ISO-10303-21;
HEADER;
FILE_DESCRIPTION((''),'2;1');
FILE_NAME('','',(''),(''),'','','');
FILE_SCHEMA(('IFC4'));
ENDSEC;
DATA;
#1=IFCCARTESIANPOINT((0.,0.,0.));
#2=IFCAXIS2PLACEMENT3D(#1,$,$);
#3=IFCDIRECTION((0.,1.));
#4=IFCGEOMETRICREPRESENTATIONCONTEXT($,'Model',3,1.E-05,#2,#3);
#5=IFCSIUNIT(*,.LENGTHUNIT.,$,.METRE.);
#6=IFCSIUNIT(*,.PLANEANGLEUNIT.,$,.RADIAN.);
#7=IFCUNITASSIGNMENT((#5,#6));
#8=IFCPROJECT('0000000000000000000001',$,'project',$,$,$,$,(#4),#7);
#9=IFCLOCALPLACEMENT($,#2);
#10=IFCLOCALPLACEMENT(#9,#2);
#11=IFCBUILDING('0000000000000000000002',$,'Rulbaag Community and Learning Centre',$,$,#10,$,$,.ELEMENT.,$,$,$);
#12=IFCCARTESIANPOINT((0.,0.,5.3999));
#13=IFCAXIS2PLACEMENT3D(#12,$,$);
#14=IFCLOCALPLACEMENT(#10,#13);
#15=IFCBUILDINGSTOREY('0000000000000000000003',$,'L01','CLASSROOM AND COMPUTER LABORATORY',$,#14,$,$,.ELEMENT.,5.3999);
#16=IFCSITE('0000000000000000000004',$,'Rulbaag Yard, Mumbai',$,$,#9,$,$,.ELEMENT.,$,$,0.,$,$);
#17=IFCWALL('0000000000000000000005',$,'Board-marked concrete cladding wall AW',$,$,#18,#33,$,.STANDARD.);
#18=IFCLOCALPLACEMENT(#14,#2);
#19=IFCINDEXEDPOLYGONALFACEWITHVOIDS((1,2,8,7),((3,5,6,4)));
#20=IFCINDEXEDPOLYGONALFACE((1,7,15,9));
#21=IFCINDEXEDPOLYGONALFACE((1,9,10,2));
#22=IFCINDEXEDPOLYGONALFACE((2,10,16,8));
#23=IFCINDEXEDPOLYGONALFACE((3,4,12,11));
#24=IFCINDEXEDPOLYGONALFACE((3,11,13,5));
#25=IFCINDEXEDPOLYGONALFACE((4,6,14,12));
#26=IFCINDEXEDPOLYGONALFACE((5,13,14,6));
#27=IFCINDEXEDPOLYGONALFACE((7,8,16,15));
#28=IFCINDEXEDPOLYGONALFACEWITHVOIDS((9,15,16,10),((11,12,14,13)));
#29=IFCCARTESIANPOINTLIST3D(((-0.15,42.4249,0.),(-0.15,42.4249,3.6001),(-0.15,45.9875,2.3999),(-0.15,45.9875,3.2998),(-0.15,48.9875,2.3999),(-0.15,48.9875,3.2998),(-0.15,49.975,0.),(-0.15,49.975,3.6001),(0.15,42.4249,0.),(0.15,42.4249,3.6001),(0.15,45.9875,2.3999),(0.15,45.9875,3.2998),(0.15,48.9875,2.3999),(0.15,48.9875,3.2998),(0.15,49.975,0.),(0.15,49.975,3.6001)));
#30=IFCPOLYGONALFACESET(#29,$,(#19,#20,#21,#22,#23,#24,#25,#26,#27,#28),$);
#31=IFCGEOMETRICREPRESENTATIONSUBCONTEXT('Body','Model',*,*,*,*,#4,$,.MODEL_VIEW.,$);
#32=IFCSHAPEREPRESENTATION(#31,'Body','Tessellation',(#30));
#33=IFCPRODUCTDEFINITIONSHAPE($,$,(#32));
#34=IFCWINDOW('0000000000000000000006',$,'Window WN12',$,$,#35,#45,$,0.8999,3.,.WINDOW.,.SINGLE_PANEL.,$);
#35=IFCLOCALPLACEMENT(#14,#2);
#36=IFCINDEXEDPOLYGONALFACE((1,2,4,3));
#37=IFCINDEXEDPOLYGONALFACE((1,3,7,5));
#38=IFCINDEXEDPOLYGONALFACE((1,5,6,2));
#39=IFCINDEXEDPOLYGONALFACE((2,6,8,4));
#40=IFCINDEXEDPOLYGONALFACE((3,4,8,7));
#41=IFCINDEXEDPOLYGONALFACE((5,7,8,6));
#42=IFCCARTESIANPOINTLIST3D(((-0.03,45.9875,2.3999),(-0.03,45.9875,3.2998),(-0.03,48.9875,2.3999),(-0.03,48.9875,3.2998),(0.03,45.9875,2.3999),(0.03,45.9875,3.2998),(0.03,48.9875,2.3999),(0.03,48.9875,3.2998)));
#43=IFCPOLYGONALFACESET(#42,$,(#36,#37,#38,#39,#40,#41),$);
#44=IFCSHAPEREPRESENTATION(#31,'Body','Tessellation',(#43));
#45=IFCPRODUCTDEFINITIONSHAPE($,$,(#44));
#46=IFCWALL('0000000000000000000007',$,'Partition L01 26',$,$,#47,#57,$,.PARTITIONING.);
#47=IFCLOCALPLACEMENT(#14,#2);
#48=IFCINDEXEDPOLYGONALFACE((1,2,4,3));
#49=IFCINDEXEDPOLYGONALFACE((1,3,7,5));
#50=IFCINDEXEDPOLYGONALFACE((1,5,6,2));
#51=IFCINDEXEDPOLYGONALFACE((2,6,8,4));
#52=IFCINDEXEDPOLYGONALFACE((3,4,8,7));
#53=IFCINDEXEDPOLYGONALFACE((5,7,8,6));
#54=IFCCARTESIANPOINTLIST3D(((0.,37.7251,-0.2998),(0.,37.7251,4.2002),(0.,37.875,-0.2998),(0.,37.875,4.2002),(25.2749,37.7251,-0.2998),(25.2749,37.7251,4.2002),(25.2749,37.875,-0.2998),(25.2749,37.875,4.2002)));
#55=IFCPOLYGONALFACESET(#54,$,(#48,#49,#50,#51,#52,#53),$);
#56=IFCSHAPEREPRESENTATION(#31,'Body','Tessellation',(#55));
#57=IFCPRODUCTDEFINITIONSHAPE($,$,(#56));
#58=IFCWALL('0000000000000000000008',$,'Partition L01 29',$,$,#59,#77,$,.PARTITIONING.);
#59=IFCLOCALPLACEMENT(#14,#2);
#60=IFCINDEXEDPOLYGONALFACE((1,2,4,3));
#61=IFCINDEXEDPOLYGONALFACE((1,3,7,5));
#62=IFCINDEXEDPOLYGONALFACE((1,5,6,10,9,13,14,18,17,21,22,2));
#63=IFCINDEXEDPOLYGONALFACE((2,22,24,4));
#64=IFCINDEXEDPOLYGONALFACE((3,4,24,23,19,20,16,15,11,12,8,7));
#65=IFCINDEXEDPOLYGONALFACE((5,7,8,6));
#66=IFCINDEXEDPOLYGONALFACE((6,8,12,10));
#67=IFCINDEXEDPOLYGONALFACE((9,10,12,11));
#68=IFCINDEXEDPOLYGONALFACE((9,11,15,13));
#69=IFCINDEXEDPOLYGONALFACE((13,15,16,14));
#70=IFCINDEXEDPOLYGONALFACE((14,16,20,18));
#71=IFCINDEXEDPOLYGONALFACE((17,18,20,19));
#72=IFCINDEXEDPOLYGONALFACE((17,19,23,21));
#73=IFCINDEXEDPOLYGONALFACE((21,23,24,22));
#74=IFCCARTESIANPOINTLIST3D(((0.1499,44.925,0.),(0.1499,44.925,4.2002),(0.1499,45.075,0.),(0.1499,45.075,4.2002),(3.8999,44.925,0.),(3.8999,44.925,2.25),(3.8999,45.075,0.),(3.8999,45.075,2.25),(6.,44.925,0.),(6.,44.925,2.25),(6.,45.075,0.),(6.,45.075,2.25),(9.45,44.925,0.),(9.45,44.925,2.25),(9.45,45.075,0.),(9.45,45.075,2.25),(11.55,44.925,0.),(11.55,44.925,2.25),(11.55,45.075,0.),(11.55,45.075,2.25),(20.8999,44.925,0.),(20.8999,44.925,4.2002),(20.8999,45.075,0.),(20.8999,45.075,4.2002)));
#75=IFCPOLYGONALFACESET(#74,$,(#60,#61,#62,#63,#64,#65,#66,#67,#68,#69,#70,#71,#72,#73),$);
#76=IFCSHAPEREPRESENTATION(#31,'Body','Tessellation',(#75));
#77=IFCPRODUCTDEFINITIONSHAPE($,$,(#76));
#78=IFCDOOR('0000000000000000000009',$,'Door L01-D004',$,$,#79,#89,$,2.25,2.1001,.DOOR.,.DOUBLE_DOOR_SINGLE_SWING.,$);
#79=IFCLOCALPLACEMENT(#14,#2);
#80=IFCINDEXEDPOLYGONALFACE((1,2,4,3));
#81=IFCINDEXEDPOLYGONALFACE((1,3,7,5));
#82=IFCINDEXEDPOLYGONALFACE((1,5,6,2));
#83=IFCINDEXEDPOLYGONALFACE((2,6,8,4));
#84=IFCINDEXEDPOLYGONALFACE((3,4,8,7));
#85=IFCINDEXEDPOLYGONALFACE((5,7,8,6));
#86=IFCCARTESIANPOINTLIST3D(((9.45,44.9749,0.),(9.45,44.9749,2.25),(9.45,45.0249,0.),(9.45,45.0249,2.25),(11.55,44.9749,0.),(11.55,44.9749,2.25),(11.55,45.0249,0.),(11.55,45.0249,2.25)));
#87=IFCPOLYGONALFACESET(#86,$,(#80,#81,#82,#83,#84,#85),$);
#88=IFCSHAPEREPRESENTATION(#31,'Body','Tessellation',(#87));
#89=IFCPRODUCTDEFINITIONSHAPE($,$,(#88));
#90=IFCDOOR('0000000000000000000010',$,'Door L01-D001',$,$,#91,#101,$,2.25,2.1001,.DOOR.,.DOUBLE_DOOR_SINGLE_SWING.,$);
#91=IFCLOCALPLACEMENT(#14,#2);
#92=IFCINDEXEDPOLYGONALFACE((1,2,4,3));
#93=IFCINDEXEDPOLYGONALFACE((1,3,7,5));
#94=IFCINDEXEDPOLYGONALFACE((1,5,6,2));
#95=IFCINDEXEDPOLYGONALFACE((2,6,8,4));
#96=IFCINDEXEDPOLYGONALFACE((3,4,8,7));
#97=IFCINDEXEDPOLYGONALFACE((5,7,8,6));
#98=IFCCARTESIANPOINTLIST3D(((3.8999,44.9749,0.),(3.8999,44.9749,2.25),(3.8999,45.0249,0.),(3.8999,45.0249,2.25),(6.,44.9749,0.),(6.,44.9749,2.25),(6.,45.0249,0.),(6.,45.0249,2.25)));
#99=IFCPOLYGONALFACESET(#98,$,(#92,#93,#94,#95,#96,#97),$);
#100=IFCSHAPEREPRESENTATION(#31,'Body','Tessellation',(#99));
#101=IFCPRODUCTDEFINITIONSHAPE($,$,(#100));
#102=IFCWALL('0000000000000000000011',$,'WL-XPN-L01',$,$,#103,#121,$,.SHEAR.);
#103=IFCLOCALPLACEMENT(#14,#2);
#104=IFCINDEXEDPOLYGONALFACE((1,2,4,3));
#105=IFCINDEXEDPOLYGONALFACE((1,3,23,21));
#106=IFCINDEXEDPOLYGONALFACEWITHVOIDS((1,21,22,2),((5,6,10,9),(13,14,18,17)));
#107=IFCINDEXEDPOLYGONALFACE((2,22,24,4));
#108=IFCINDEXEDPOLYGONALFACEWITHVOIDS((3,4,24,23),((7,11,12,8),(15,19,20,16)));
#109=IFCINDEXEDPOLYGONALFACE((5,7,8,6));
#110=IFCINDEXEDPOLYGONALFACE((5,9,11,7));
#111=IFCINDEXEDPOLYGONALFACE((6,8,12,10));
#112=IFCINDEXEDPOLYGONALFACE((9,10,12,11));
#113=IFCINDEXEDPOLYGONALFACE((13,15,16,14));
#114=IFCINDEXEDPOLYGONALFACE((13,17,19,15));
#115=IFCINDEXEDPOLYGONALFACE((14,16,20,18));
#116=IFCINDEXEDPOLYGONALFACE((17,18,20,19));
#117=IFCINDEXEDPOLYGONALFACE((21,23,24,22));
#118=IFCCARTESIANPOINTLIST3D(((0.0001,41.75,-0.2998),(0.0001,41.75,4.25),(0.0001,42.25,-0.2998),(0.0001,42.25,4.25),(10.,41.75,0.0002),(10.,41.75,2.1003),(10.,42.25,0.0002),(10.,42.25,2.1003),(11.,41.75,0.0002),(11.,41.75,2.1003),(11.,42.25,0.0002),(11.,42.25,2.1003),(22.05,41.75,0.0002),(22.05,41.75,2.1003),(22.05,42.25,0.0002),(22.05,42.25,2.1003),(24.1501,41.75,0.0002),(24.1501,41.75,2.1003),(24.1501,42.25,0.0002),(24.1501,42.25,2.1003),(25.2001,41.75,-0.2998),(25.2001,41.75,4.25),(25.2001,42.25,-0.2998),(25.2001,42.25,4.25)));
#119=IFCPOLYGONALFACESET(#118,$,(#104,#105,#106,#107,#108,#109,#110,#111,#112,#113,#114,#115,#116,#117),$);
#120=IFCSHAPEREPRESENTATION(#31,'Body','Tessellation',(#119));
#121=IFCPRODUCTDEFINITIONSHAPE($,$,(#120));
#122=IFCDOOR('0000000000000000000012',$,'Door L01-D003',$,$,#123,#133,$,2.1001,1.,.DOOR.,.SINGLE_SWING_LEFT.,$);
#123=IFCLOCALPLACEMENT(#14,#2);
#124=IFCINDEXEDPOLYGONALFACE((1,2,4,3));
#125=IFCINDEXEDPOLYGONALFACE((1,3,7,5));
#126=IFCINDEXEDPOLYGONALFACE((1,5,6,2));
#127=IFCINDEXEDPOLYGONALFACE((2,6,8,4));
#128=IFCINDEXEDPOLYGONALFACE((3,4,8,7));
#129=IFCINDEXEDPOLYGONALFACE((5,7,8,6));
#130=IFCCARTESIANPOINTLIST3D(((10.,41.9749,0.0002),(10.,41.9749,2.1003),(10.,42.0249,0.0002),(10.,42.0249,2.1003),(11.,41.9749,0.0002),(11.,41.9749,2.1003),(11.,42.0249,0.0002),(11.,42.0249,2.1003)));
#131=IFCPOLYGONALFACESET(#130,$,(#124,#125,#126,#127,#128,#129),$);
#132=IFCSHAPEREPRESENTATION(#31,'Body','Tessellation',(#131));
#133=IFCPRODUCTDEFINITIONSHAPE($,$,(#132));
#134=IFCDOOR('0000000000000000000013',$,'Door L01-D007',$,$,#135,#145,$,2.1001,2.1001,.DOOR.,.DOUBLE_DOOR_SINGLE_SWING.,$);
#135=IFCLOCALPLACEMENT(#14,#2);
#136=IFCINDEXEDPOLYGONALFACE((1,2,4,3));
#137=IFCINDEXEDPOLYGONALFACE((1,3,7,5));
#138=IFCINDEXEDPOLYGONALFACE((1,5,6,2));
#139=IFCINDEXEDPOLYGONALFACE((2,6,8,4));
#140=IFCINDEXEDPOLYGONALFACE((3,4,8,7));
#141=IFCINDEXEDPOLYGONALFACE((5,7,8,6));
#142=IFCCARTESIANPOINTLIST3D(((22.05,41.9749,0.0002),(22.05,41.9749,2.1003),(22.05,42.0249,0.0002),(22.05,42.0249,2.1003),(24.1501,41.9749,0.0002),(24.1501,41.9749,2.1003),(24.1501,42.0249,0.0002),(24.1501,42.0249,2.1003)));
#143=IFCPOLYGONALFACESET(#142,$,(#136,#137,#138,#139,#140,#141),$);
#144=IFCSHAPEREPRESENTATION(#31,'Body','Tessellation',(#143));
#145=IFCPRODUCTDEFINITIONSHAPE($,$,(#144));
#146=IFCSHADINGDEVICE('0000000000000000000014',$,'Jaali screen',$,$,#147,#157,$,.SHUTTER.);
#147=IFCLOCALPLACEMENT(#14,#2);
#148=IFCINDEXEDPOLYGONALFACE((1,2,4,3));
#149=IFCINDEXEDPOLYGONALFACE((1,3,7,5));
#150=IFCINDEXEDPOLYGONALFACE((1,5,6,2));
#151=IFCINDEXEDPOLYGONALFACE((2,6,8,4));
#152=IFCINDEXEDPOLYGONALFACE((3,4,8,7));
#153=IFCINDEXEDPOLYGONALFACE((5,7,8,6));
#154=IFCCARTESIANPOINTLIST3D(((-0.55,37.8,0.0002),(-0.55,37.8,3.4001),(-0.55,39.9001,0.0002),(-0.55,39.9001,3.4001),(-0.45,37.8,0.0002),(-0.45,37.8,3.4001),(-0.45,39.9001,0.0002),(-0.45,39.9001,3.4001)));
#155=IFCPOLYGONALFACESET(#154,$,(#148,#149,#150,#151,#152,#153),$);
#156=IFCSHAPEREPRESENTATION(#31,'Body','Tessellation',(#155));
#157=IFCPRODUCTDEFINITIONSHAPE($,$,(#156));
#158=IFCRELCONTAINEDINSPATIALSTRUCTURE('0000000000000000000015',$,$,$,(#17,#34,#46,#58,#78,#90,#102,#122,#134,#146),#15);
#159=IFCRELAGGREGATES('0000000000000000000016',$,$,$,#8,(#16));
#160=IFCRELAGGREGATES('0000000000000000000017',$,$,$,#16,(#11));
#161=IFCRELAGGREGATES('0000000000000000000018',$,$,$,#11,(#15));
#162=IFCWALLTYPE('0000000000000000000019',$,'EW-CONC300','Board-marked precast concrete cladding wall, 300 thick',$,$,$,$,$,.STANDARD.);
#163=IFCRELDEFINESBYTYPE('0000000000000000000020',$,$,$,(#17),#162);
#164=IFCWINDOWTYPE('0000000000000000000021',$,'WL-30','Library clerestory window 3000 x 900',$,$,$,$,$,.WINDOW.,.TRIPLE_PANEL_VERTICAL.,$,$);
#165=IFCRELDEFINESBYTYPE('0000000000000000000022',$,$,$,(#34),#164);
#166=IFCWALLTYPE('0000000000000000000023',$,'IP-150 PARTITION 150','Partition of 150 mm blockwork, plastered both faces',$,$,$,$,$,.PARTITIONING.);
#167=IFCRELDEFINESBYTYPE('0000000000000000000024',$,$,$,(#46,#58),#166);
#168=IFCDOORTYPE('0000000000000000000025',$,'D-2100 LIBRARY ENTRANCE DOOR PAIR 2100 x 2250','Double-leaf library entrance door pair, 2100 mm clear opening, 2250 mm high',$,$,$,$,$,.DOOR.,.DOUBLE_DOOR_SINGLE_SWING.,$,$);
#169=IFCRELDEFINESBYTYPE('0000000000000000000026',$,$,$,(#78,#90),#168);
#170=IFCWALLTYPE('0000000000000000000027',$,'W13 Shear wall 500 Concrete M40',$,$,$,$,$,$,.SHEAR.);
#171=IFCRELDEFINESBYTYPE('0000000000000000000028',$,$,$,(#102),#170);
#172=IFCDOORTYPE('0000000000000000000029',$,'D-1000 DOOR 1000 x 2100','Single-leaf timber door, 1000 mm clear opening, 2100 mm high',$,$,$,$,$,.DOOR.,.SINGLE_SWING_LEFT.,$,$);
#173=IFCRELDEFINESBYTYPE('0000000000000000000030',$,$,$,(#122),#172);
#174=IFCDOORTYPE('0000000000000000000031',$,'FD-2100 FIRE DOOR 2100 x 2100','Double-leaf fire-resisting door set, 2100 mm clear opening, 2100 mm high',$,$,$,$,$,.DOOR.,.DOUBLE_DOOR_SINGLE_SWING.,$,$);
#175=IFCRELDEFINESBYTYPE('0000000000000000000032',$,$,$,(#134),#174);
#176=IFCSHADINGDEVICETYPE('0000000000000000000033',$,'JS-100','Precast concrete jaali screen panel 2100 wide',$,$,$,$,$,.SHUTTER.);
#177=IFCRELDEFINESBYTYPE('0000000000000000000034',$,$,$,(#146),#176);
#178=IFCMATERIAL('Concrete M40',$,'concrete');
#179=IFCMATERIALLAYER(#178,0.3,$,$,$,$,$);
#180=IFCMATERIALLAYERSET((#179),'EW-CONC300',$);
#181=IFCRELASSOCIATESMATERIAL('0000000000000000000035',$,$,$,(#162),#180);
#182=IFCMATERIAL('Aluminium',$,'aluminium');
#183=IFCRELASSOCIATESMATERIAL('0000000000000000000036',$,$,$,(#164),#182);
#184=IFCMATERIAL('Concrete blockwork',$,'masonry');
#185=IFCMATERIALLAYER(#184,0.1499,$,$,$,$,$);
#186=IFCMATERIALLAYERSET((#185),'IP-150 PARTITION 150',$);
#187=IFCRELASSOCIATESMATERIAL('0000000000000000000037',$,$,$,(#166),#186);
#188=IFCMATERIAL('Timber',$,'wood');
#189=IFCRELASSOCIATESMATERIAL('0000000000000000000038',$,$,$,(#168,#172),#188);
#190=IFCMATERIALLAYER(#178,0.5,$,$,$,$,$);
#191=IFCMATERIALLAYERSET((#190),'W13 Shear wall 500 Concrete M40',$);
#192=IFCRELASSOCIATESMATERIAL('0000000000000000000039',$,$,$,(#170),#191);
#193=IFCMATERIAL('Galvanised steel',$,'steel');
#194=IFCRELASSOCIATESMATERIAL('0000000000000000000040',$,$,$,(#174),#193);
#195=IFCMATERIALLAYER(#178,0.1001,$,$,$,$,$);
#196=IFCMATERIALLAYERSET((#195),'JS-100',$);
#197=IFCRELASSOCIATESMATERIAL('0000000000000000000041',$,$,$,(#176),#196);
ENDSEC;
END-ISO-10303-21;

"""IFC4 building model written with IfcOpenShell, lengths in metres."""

from ifc_helpers import new_model, si_unit, direction, frame, frame_2d, origin, origin_2d, place, context, subcontext, project, spatial, rectangle, extrude, material, layer, layer_set, type_object, element, fill, save


model = new_model("IFC4")

# Units and contexts
model_context = context("Model", 3, precision=1e-05, world=origin(), true_north=direction((0.0, 1.0)))
body_context = subcontext(model_context, "Body", "Model", "MODEL_VIEW")
ifc_project = project(units=[si_unit("LENGTHUNIT", "METRE"), si_unit("PLANEANGLEUNIT", "RADIAN")], contexts=[model_context])

# Site, building, storey
site_placement = place(None, origin())
site = spatial("IfcSite", under=ifc_project, at=site_placement, Name="Rulbaag Yard, Mumbai", CompositionType="ELEMENT", RefElevation=0.0)
building_placement = place(site_placement, origin())
building = spatial("IfcBuilding", under=site, at=building_placement, Name="Rulbaag Community and Learning Centre", CompositionType="ELEMENT")
storey_placement = place(building_placement, frame((0.0, 0.0, 5.3999)))
storey = spatial("IfcBuildingStorey", under=building, at=storey_placement, Name="L01", Description="CLASSROOM AND COMPUTER LABORATORY", CompositionType="ELEMENT", Elevation=5.3999)

# Shared definitions
ifc_material_1 = material(Name="Concrete M40", Category="concrete")

# Shared definitions
ifc_material_2 = material(Name="Aluminium", Category="aluminium")

# Wall, opening, window
ifc_layer_1 = layer(ifc_material_1, 0.3)
ifc_layer_set_1 = layer_set([ifc_layer_1], Name="EW-CONC300")
wall_type_1 = type_object("IfcWallType", Name="EW-CONC300", Description="Board-marked precast concrete cladding wall, 300 thick", PredefinedType="STANDARD", material=ifc_layer_set_1)
wall_1_placement = place(storey_placement, frame((0.0, 42.425, 0.0), z_axis=(0.0, 0.0, 1.0), x_axis=(0.0, 1.0, 0.0)))
wall_1 = element("IfcWall", 1, at=wall_1_placement, inside=storey, type_object=wall_type_1, Name="Board-marked concrete cladding wall AW", PredefinedType="STANDARD", context=body_context, shape_type="SweptSolid", body=[
    extrude(rectangle(XDim=7.55, YDim=0.3, at=frame_2d((3.7749, 0.0))), origin(), (0.0, 0.0, 1.0), 3.6001),
])
opening_1_placement = place(wall_1_placement, frame((3.5625, 0.0, 2.3999)))
opening_1 = element("IfcOpeningElement", 2, at=opening_1_placement, cuts=wall_1, PredefinedType="OPENING", context=body_context, shape_type="SweptSolid", body=[
    extrude(rectangle(XDim=3.0, YDim=0.8999, at=frame_2d((1.5, 0.45))), frame((0.0, 0.1599, 0.0), z_axis=(0.0, -1.0, 0.0), x_axis=(1.0, 0.0, 0.0)), (0.0, 0.0, 1.0), 0.3201),
])
window_type = type_object("IfcWindowType", Name="WL-30", Description="Library clerestory window 3000 x 900", PartitioningType="TRIPLE_PANEL_VERTICAL", PredefinedType="WINDOW", material=ifc_material_2)
window_placement = place(opening_1_placement, origin())
window = element("IfcWindow", 3, at=window_placement, inside=storey, type_object=window_type, Name="Window WN12", OverallHeight=0.8999, OverallWidth=3.0, PartitioningType="SINGLE_PANEL", PredefinedType="WINDOW", context=body_context, shape_type="SweptSolid", body=[
    extrude(rectangle(XDim=3.0, YDim=0.8999, at=frame_2d((1.5, 0.45))), frame((0.0, 0.03, 0.0), z_axis=(0.0, -1.0, 0.0), x_axis=(1.0, 0.0, 0.0)), (0.0, 0.0, 1.0), 0.0601),
])
fill(opening_1, window)

# Wall
ifc_material_3 = material(Name="Concrete blockwork", Category="masonry")
ifc_layer_2 = layer(ifc_material_3, 0.1499)
ifc_layer_set_2 = layer_set([ifc_layer_2], Name="IP-150 PARTITION 150")
wall_type_2 = type_object("IfcWallType", Name="IP-150 PARTITION 150", Description="Partition of 150 mm blockwork, plastered both faces", PredefinedType="PARTITIONING", material=ifc_layer_set_2)
wall_2_placement = place(storey_placement, frame((0.0, 37.8, -0.2998), z_axis=(0.0, 0.0, 1.0), x_axis=(1.0, 0.0, 0.0)))
element("IfcWall", 4, at=wall_2_placement, inside=storey, type_object=wall_type_2, Name="Partition L01 26", PredefinedType="PARTITIONING", context=body_context, shape_type="SweptSolid", body=[
    extrude(rectangle(XDim=25.2749, YDim=0.1499, at=frame_2d((12.6375, 0.0))), origin(), (0.0, 0.0, 1.0), 4.5),
])

# Walls, openings, doors
wall_3_placement = place(storey_placement, frame((0.1499, 45.0, 0.0), z_axis=(0.0, 0.0, 1.0), x_axis=(1.0, 0.0, 0.0)))
wall_3 = element("IfcWall", 5, at=wall_3_placement, inside=storey, type_object=wall_type_2, Name="Partition L01 29", PredefinedType="PARTITIONING", context=body_context, shape_type="SweptSolid", body=[
    extrude(rectangle(XDim=20.75, YDim=0.1499, at=frame_2d((10.375, 0.0))), origin(), (0.0, 0.0, 1.0), 4.2002),
])
opening_2_placement = place(wall_3_placement, frame((9.3, 0.0, 0.0)))
opening_2 = element("IfcOpeningElement", 6, at=opening_2_placement, cuts=wall_3, PredefinedType="OPENING", context=body_context, shape_type="SweptSolid", body=[
    extrude(rectangle(XDim=2.1001, YDim=2.25, at=frame_2d((1.05, 1.125))), frame((0.0, 0.085, 0.0), z_axis=(0.0, -1.0, 0.0), x_axis=(1.0, 0.0, 0.0)), (0.0, 0.0, 1.0), 0.1699),
])
opening_3_placement = place(wall_3_placement, frame((3.75, 0.0, 0.0)))
opening_3 = element("IfcOpeningElement", 7, at=opening_3_placement, cuts=wall_3, PredefinedType="OPENING", context=body_context, shape_type="SweptSolid", body=[
    extrude(rectangle(XDim=2.1001, YDim=2.25, at=frame_2d((1.05, 1.125))), frame((0.0, 0.085, 0.0), z_axis=(0.0, -1.0, 0.0), x_axis=(1.0, 0.0, 0.0)), (0.0, 0.0, 1.0), 0.1699),
])
ifc_material_4 = material(Name="Timber", Category="wood")
door_type_1 = type_object("IfcDoorType", Name="D-2100 LIBRARY ENTRANCE DOOR PAIR 2100 x 2250", Description="Double-leaf library entrance door pair, 2100 mm clear opening, 2250 mm high", OperationType="DOUBLE_DOOR_SINGLE_SWING", PredefinedType="DOOR", material=ifc_material_4)
door_1_placement = place(opening_2_placement, origin())
door_1 = element("IfcDoor", 8, at=door_1_placement, inside=storey, type_object=door_type_1, Name="Door L01-D004", OperationType="DOUBLE_DOOR_SINGLE_SWING", OverallHeight=2.25, OverallWidth=2.1001, PredefinedType="DOOR", context=body_context, shape_type="SweptSolid", body=[
    extrude(rectangle(XDim=2.1001, YDim=2.25, at=frame_2d((1.05, 1.125))), frame((0.0, 0.0249, 0.0), z_axis=(0.0, -1.0, 0.0), x_axis=(1.0, 0.0, 0.0)), (0.0, 0.0, 1.0), 0.05),
])
fill(opening_2, door_1)
door_2_placement = place(opening_3_placement, origin())
door_2 = element("IfcDoor", 9, at=door_2_placement, inside=storey, type_object=door_type_1, Name="Door L01-D001", OperationType="DOUBLE_DOOR_SINGLE_SWING", OverallHeight=2.25, OverallWidth=2.1001, PredefinedType="DOOR", context=body_context, shape_type="SweptSolid", body=[
    extrude(rectangle(XDim=2.1001, YDim=2.25, at=frame_2d((1.05, 1.125))), frame((0.0, 0.0249, 0.0), z_axis=(0.0, -1.0, 0.0), x_axis=(1.0, 0.0, 0.0)), (0.0, 0.0, 1.0), 0.05),
])
fill(opening_3, door_2)
ifc_layer_3 = layer(ifc_material_1, 0.5)
ifc_layer_set_3 = layer_set([ifc_layer_3], Name="W13 Shear wall 500 Concrete M40")
wall_type_3 = type_object("IfcWallType", Name="W13 Shear wall 500 Concrete M40", PredefinedType="SHEAR", material=ifc_layer_set_3)
wall_4_placement = place(storey_placement, frame((0.0, 42.0, -0.2998), z_axis=(0.0, 0.0, 1.0), x_axis=(1.0, 0.0, 0.0)))
wall_4 = element("IfcWall", 10, at=wall_4_placement, inside=storey, type_object=wall_type_3, Name="WL-XPN-L01", PredefinedType="SHEAR", context=body_context, shape_type="SweptSolid", body=[
    extrude(rectangle(XDim=25.2, YDim=0.5, at=frame_2d((12.6001, 0.0))), origin(), (0.0, 0.0, 1.0), 4.5498),
])
opening_4_placement = place(wall_4_placement, frame((22.05, 0.0, 0.3)))
opening_4 = element("IfcOpeningElement", 11, at=opening_4_placement, cuts=wall_4, PredefinedType="OPENING", context=body_context, shape_type="SweptSolid", body=[
    extrude(rectangle(XDim=2.1001, YDim=2.1001, at=frame_2d((1.05, 1.05))), frame((0.0, 0.26, 0.0), z_axis=(0.0, -1.0, 0.0), x_axis=(1.0, 0.0, 0.0)), (0.0, 0.0, 1.0), 0.52),
])
opening_5_placement = place(wall_4_placement, frame((10.0, 0.0, 0.3)))
opening_5 = element("IfcOpeningElement", 12, at=opening_5_placement, cuts=wall_4, PredefinedType="OPENING", context=body_context, shape_type="SweptSolid", body=[
    extrude(rectangle(XDim=1.0, YDim=2.1001, at=frame_2d((0.5, 1.05))), frame((0.0, 0.26, 0.0), z_axis=(0.0, -1.0, 0.0), x_axis=(1.0, 0.0, 0.0)), (0.0, 0.0, 1.0), 0.52),
])
door_type_2 = type_object("IfcDoorType", Name="D-1000 DOOR 1000 x 2100", Description="Single-leaf timber door, 1000 mm clear opening, 2100 mm high", OperationType="SINGLE_SWING_LEFT", PredefinedType="DOOR", material=ifc_material_4)
door_3_placement = place(opening_5_placement, origin())
door_3 = element("IfcDoor", 13, at=door_3_placement, inside=storey, type_object=door_type_2, Name="Door L01-D003", OperationType="SINGLE_SWING_LEFT", OverallHeight=2.1001, OverallWidth=1.0, PredefinedType="DOOR", context=body_context, shape_type="SweptSolid", body=[
    extrude(rectangle(XDim=1.0, YDim=2.1001, at=frame_2d((0.5, 1.05))), frame((0.0, 0.0249, 0.0), z_axis=(0.0, -1.0, 0.0), x_axis=(1.0, 0.0, 0.0)), (0.0, 0.0, 1.0), 0.05),
])
fill(opening_5, door_3)
ifc_material_5 = material(Name="Galvanised steel", Category="steel")
door_type_3 = type_object("IfcDoorType", Name="FD-2100 FIRE DOOR 2100 x 2100", Description="Double-leaf fire-resisting door set, 2100 mm clear opening, 2100 mm high", OperationType="DOUBLE_DOOR_SINGLE_SWING", PredefinedType="DOOR", material=ifc_material_5)
door_4_placement = place(opening_4_placement, origin())
door_4 = element("IfcDoor", 14, at=door_4_placement, inside=storey, type_object=door_type_3, Name="Door L01-D007", OperationType="DOUBLE_DOOR_SINGLE_SWING", OverallHeight=2.1001, OverallWidth=2.1001, PredefinedType="DOOR", context=body_context, shape_type="SweptSolid", body=[
    extrude(rectangle(XDim=2.1001, YDim=2.1001, at=frame_2d((1.05, 1.05))), frame((0.0, 0.0249, 0.0), z_axis=(0.0, -1.0, 0.0), x_axis=(1.0, 0.0, 0.0)), (0.0, 0.0, 1.0), 0.05),
])
fill(opening_4, door_4)

# Shading device
ifc_layer_4 = layer(ifc_material_1, 0.1001)
ifc_layer_set_4 = layer_set([ifc_layer_4], Name="JS-100")
shading_device_type = type_object("IfcShadingDeviceType", Name="JS-100", Description="Precast concrete jaali screen panel 2100 wide", PredefinedType="SHUTTER", material=ifc_layer_set_4)
for number, where, z_axis, x_axis, name in (
    (15, (-0.5, 38.8501, 0.0002), (0.0, 0.0, 1.0), (1.0, 0.0, 0.0), "Jaali screen"),
):
    element("IfcShadingDevice", number, at=place(storey_placement, frame(where, z_axis=z_axis, x_axis=x_axis)), inside=storey, type_object=shading_device_type, Name=name, PredefinedType="SHUTTER", context=body_context, shape_type="SweptSolid", body=[
        extrude(rectangle(XDim=0.1001, YDim=2.1001, at=origin_2d()), origin(), (0.0, 0.0, 1.0), 3.3999),
    ])

save(model, "model.ifc")
